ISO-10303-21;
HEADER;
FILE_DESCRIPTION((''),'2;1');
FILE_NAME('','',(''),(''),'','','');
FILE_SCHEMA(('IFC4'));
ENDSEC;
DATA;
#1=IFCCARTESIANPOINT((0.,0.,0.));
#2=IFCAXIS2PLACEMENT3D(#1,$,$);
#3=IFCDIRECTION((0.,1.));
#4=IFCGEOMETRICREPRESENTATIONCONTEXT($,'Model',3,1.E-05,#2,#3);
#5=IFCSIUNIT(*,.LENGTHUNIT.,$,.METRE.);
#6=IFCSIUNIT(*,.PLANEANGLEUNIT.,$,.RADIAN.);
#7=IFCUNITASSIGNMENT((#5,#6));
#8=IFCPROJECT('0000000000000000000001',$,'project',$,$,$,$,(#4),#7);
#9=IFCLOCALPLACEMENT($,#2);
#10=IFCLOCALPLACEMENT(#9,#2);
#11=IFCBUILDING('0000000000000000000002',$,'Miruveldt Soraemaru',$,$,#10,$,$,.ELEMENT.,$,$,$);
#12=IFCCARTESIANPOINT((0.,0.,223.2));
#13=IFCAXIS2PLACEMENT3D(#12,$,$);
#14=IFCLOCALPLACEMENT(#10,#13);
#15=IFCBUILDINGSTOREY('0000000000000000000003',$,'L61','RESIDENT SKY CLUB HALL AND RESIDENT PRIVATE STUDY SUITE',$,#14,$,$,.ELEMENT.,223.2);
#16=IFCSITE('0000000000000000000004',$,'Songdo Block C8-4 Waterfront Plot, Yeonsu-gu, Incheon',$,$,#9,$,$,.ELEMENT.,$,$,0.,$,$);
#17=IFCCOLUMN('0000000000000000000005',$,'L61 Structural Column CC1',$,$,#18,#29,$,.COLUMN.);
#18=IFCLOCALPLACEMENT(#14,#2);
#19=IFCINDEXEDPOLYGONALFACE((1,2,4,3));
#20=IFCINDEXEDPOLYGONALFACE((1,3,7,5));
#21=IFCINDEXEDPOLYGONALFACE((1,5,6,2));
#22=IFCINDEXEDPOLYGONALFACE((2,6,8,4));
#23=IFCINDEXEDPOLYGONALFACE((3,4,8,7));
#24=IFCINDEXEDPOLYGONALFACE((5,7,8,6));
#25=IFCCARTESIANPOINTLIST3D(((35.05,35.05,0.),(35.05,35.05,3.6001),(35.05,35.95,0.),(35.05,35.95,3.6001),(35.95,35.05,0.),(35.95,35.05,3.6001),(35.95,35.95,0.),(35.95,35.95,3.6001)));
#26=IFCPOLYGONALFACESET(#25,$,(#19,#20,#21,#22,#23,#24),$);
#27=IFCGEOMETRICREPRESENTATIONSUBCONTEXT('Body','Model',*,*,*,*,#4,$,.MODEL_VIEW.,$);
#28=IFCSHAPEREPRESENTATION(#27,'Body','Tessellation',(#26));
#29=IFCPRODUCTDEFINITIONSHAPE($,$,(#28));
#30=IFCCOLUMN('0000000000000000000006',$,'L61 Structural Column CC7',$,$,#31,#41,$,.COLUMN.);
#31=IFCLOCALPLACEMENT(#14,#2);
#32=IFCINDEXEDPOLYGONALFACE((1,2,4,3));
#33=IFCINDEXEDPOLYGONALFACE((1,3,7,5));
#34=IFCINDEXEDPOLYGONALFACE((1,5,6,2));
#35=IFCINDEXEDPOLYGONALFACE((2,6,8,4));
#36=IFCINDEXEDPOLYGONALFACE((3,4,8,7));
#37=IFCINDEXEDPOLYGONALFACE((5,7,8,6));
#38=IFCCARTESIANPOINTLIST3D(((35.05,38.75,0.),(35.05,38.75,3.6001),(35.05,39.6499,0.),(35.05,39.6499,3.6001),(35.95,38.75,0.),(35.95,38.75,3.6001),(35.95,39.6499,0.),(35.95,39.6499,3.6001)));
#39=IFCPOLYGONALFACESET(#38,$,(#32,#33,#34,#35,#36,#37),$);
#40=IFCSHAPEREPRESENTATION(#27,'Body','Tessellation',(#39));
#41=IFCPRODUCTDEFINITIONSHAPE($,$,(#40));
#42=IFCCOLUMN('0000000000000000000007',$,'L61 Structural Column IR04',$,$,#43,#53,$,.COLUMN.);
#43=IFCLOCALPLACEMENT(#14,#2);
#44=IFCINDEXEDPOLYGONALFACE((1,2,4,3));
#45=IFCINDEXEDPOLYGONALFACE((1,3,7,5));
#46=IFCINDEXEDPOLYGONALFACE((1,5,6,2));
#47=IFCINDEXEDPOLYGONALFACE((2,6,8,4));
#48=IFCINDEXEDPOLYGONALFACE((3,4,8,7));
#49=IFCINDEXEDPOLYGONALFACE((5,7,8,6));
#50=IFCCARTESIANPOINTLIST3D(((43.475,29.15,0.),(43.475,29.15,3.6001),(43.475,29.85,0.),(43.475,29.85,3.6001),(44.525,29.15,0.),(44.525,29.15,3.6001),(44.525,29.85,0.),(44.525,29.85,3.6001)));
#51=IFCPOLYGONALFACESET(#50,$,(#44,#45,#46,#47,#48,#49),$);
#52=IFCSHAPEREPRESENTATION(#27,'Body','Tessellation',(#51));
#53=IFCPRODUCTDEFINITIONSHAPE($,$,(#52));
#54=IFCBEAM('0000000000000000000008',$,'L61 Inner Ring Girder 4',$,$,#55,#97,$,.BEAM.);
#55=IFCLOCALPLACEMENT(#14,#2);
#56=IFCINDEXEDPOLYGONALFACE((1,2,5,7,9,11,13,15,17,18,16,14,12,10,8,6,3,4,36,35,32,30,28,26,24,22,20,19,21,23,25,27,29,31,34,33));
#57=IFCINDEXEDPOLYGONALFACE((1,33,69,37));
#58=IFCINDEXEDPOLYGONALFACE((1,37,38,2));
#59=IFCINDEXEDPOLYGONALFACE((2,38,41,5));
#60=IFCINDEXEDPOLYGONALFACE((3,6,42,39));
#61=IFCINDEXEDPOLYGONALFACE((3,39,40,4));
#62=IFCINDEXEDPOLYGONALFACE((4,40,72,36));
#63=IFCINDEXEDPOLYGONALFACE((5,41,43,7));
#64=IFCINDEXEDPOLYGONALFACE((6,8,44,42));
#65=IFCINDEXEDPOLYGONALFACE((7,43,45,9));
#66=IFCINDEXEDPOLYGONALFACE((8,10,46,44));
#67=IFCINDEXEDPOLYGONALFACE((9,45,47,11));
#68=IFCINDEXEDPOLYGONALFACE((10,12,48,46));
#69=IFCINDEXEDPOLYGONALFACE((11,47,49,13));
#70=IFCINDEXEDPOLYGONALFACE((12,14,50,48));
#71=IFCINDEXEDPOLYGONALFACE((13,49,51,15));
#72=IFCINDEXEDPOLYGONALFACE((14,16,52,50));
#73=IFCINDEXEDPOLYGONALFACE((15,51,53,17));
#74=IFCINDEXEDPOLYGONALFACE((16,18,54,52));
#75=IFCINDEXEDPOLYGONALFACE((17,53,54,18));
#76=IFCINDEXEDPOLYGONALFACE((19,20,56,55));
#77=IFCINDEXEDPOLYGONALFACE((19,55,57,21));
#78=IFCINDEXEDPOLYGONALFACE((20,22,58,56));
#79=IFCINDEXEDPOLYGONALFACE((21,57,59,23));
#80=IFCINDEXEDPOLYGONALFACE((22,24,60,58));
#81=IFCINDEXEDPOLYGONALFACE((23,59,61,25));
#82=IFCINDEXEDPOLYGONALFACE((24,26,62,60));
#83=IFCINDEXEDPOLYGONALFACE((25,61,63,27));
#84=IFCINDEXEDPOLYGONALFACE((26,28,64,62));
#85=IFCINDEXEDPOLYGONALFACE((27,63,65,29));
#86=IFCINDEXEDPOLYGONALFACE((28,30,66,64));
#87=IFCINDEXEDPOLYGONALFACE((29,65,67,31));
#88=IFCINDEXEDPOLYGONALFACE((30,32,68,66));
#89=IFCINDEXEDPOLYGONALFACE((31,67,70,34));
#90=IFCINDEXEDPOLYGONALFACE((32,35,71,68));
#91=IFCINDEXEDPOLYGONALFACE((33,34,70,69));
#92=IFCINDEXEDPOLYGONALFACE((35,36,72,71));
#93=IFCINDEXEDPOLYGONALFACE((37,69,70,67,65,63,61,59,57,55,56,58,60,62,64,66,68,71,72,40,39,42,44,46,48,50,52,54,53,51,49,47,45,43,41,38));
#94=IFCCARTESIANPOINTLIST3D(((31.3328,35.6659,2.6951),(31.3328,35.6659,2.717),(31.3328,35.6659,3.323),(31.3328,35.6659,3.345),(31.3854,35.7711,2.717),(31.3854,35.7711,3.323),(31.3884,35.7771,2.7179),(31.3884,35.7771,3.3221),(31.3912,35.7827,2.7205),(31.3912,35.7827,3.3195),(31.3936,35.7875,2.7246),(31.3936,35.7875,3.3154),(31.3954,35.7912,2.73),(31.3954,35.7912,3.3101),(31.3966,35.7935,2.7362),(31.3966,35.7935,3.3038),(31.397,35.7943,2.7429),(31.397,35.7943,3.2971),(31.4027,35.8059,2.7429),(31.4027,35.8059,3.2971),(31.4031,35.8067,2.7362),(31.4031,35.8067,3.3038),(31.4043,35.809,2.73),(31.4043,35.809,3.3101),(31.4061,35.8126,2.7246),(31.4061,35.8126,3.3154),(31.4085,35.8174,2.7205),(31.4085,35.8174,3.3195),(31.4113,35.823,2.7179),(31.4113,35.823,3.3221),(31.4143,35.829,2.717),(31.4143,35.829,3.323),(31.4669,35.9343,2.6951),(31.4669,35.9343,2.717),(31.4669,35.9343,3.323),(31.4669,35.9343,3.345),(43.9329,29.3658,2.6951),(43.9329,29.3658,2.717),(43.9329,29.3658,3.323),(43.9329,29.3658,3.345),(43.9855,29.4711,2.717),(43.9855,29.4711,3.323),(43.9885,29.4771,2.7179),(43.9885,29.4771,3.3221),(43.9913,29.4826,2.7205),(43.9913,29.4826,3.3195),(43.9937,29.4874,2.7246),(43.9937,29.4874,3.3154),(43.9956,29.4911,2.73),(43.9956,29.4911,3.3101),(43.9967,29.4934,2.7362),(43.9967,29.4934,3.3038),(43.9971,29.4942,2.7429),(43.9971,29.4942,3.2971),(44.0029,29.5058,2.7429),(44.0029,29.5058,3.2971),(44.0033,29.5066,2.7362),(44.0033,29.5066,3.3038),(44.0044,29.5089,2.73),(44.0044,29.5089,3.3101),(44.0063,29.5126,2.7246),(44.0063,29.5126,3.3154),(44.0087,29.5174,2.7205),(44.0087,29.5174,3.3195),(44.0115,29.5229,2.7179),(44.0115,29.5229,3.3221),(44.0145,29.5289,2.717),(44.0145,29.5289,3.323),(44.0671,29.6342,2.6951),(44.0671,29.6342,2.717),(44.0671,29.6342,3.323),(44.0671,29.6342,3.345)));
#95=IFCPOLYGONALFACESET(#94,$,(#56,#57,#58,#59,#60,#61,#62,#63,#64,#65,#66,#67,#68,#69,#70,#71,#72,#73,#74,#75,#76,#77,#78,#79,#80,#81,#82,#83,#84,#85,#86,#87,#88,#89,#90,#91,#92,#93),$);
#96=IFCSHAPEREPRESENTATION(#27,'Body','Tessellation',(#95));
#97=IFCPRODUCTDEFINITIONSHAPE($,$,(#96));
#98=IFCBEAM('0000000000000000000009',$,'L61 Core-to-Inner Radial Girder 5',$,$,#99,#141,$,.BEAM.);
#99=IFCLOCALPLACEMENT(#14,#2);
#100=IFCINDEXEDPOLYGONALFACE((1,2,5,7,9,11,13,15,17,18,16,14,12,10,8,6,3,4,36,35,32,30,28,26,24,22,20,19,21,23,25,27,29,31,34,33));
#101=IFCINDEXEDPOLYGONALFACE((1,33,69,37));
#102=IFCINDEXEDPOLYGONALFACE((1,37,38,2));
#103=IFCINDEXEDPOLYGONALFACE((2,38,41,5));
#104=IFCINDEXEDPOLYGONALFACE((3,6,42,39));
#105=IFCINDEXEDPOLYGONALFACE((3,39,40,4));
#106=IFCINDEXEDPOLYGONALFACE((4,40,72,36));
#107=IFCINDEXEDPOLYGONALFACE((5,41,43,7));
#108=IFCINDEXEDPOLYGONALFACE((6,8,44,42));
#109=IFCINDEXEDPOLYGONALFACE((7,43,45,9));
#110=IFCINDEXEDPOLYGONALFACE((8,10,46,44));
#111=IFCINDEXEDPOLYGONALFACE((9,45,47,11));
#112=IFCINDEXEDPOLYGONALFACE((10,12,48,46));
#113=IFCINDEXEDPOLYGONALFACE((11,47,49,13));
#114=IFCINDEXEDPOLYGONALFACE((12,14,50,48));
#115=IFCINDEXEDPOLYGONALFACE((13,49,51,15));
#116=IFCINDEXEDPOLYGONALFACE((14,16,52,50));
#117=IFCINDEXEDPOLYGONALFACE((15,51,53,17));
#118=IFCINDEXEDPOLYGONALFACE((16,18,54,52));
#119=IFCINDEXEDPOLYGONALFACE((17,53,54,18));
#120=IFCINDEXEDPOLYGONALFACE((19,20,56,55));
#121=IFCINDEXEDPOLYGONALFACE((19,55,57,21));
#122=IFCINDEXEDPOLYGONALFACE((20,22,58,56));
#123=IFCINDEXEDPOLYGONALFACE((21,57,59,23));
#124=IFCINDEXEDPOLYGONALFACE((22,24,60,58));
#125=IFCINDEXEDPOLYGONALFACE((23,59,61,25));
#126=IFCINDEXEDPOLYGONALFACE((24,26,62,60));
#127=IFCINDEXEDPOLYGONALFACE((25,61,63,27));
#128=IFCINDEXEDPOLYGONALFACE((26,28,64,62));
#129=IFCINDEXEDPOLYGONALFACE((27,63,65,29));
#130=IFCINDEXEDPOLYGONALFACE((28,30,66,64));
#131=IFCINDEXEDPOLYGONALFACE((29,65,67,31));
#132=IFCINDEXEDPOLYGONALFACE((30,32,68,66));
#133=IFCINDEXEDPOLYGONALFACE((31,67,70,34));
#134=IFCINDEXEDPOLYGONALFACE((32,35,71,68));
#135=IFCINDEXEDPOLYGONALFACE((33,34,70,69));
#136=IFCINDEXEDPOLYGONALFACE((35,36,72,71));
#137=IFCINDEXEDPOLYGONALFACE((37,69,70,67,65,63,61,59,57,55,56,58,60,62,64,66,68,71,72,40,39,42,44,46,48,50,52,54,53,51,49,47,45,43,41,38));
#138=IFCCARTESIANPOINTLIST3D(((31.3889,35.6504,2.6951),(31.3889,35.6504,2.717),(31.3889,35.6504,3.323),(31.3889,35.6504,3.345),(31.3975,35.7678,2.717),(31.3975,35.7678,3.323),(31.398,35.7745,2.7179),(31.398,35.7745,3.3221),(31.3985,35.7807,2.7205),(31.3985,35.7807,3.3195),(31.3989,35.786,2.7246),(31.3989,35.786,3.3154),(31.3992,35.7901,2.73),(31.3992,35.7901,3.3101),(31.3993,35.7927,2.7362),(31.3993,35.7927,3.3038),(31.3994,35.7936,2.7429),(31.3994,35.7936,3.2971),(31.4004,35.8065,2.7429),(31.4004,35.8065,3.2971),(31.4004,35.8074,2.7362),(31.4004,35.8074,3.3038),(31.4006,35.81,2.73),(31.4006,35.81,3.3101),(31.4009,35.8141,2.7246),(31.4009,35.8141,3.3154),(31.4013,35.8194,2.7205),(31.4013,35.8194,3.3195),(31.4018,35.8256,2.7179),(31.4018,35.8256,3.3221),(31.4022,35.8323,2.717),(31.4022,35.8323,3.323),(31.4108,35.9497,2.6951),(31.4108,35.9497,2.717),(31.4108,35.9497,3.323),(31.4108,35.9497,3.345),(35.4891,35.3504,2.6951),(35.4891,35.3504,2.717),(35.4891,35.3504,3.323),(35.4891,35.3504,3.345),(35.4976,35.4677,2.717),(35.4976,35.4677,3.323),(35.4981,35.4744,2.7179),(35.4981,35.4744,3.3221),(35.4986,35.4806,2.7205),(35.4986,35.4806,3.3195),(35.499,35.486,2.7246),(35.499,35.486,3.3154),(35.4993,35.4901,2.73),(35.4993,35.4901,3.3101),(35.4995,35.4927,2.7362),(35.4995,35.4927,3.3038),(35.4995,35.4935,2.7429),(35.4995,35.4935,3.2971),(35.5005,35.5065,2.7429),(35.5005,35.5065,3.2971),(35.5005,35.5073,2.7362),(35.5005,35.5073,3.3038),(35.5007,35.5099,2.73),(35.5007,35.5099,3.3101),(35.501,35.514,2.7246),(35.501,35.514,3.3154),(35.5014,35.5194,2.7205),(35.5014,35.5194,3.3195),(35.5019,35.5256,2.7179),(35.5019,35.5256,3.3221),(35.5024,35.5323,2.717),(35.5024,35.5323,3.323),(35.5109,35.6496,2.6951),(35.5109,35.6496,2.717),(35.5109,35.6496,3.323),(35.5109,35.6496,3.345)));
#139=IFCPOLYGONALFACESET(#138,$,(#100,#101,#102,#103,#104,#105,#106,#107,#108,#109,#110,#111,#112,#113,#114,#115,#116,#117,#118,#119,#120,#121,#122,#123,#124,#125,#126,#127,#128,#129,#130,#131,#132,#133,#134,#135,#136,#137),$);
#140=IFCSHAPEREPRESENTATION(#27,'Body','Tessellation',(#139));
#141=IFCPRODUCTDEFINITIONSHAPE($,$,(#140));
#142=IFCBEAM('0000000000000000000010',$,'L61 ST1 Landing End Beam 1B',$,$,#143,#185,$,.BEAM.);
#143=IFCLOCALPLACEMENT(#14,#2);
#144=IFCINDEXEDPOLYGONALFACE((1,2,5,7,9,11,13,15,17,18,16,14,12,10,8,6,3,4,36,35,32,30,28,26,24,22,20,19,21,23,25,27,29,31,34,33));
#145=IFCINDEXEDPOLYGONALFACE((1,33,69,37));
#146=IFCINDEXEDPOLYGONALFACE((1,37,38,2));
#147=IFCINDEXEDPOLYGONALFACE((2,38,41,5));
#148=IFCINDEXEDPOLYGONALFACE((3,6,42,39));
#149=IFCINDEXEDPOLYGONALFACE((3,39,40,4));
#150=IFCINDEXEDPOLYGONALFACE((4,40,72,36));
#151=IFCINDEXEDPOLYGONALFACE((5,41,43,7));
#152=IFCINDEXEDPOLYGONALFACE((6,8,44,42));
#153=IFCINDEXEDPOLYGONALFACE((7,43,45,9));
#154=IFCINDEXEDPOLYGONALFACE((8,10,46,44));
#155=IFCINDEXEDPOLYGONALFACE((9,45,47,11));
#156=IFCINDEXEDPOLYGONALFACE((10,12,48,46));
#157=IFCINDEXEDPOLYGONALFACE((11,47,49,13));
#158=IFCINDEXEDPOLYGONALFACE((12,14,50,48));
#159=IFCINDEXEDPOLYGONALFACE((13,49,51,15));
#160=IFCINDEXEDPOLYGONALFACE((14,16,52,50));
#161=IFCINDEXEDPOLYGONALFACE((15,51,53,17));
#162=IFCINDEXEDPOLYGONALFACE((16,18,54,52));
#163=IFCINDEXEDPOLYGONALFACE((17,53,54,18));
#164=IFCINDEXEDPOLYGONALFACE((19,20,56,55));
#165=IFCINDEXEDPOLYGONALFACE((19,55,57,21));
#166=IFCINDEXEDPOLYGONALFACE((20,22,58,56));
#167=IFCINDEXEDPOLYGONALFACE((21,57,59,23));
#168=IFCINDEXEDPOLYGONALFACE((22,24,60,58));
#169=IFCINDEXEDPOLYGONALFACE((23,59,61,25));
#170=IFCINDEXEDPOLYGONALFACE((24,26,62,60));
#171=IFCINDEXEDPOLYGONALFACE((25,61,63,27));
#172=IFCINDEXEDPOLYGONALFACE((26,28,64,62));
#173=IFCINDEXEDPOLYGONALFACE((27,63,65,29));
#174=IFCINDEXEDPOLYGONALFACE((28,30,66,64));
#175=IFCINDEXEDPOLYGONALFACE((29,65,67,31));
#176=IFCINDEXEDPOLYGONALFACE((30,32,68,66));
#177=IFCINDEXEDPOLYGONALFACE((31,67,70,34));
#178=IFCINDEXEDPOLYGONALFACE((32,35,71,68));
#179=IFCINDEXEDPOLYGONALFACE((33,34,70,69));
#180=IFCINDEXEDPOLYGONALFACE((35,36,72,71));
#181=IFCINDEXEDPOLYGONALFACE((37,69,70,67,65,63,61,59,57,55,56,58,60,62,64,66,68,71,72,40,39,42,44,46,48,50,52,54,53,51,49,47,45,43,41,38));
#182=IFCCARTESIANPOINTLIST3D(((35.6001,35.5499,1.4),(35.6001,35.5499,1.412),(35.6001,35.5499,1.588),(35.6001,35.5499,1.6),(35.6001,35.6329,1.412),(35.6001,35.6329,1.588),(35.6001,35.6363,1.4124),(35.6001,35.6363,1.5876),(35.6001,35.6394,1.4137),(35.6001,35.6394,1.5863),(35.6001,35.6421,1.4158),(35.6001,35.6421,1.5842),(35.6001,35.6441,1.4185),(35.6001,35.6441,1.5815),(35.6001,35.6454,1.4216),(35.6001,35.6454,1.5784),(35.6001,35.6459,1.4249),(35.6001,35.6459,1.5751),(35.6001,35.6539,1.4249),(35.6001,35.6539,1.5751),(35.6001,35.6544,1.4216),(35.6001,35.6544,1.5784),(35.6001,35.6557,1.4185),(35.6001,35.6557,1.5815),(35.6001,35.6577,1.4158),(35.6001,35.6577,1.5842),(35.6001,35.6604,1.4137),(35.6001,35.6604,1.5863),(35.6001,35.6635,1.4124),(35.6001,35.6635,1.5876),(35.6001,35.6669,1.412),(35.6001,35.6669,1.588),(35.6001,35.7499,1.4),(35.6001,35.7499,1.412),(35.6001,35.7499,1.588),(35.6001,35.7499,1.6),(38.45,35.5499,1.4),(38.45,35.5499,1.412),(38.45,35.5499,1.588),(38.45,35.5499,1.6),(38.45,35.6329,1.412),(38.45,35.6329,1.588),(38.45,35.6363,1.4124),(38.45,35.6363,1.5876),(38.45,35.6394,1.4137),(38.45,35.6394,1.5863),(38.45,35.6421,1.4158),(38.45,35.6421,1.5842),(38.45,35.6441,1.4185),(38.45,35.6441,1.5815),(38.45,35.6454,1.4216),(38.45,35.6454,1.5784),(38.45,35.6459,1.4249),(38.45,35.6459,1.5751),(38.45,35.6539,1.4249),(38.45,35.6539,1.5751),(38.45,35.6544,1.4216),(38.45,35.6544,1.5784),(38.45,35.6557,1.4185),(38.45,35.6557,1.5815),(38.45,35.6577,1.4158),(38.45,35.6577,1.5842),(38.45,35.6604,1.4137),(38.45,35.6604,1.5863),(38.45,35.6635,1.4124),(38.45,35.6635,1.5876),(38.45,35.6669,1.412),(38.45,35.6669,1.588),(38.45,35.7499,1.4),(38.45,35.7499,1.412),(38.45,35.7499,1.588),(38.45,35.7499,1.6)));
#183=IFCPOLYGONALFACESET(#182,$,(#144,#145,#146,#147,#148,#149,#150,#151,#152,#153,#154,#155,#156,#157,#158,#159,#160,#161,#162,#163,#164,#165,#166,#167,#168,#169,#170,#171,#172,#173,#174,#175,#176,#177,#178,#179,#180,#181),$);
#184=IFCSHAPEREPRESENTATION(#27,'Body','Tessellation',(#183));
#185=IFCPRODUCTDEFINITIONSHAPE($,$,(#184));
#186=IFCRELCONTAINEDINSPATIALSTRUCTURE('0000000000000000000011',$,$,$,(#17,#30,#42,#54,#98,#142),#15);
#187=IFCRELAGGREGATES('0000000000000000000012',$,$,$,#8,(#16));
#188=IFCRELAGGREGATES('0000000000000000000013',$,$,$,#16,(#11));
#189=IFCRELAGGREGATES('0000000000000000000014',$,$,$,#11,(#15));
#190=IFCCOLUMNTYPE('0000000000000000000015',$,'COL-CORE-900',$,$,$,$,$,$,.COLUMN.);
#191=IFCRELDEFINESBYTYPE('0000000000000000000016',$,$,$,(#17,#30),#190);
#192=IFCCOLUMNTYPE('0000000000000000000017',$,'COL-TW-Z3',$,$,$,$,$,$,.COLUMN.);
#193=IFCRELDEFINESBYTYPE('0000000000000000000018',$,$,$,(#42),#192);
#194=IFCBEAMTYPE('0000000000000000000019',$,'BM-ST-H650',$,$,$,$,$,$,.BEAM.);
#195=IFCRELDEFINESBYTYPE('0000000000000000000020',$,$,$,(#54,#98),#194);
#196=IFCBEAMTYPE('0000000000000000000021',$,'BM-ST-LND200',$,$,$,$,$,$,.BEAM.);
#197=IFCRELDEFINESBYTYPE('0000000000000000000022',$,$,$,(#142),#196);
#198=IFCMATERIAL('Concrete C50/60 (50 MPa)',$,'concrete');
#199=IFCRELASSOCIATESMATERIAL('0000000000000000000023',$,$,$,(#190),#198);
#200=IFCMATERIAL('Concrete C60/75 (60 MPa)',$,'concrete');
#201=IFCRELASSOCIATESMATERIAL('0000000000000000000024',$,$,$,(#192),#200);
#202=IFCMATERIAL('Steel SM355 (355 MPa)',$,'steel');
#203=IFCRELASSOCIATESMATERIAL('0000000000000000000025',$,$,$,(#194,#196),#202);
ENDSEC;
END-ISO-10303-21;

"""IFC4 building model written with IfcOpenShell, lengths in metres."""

from ifc_helpers import new_model, si_unit, direction, frame, origin, origin_2d, place, context, subcontext, project, spatial, rectangle, i_section, extrude, material, material_profile, profile_set, type_object, element, save


model = new_model("IFC4")

# Units and contexts
model_context = context("Model", 3, precision=1e-05, world=origin(), true_north=direction((0.0, 1.0)))
body_context = subcontext(model_context, "Body", "Model", "MODEL_VIEW")
ifc_project = project(units=[si_unit("LENGTHUNIT", "METRE"), si_unit("PLANEANGLEUNIT", "RADIAN")], contexts=[model_context])

# Site, building, storey
site_placement = place(None, origin())
site = spatial("IfcSite", under=ifc_project, at=site_placement, Name="Songdo Block C8-4 Waterfront Plot, Yeonsu-gu, Incheon", CompositionType="ELEMENT", RefElevation=0.0)
building_placement = place(site_placement, origin())
building = spatial("IfcBuilding", under=site, at=building_placement, Name="Miruveldt Soraemaru", CompositionType="ELEMENT")
storey_placement = place(building_placement, frame((0.0, 0.0, 223.2)))
storey = spatial("IfcBuildingStorey", under=building, at=storey_placement, Name="L61", Description="RESIDENT SKY CLUB HALL AND RESIDENT PRIVATE STUDY SUITE", CompositionType="ELEMENT", Elevation=223.2)

# Columns
ifc_material_1 = material(Name="Concrete C50/60 (50 MPa)", Category="concrete")
ifc_material_profile_1 = material_profile(ifc_material_1, rectangle(XDim=0.8999, YDim=0.8999, at=origin_2d()), Name="Concrete C50/60 (50 MPa)", Category="concrete")
ifc_profile_set_1 = profile_set([ifc_material_profile_1], Name="Concrete C50/60 (50 MPa)")
column_type_1 = type_object("IfcColumnType", Name="COL-CORE-900", PredefinedType="COLUMN", material=ifc_profile_set_1)
for number, where, z_axis, x_axis, name in (
    (1, (35.5, 35.5, 0.0), (0.0, 0.0, 1.0), (1.0, 0.0, 0.0), "L61 Structural Column CC1"),
    (2, (35.5, 39.2, 0.0), (0.0, 0.0, 1.0), (1.0, 0.0, 0.0), "L61 Structural Column CC7"),
):
    element("IfcColumn", number, at=place(storey_placement, frame(where, z_axis=z_axis, x_axis=x_axis)), inside=storey, type_object=column_type_1, Name=name, PredefinedType="COLUMN", context=body_context, shape_type="SweptSolid", body=[
        extrude(rectangle(XDim=0.8999, YDim=0.8999, at=origin_2d()), origin(), (0.0, 0.0, 1.0), 3.6001),
    ])
ifc_material_2 = material(Name="Concrete C60/75 (60 MPa)", Category="concrete")
ifc_material_profile_2 = material_profile(ifc_material_2, rectangle(XDim=1.05, YDim=0.7, at=origin_2d()), Name="Concrete C60/75 (60 MPa)", Category="concrete")
ifc_profile_set_2 = profile_set([ifc_material_profile_2], Name="Concrete C60/75 (60 MPa)")
column_type_2 = type_object("IfcColumnType", Name="COL-TW-Z3", PredefinedType="COLUMN", material=ifc_profile_set_2)
column_placement = place(storey_placement, frame((44.0, 29.5, 0.0), z_axis=(0.0, 0.0, 1.0), x_axis=(1.0, 0.0, 0.0)))
element("IfcColumn", 3, at=column_placement, inside=storey, type_object=column_type_2, Name="L61 Structural Column IR04", PredefinedType="COLUMN", context=body_context, shape_type="SweptSolid", body=[
    extrude(rectangle(XDim=1.05, YDim=0.7, at=origin_2d()), origin(), (0.0, 0.0, 1.0), 3.6001),
])

# Beams
ifc_material_3 = material(Name="Steel SM355 (355 MPa)", Category="steel")
ifc_material_profile_3 = material_profile(ifc_material_3, i_section(OverallWidth=0.3, OverallDepth=0.6499, WebThickness=0.0129, FlangeThickness=0.022, FilletRadius=0.0259, at=origin_2d()), Name="Steel SM355 (355 MPa)", Category="steel")
ifc_profile_set_3 = profile_set([ifc_material_profile_3], Name="Steel SM355 (355 MPa)")
beam_type_1 = type_object("IfcBeamType", Name="BM-ST-H650", PredefinedType="BEAM", material=ifc_profile_set_3)
beam_1_placement = place(storey_placement, frame((44.0, 29.5, 3.02), z_axis=(-0.894427, 0.447214, 0.0), x_axis=(-0.447214, -0.894427, 0.0)))
element("IfcBeam", 4, at=beam_1_placement, inside=storey, type_object=beam_type_1, Name="L61 Inner Ring Girder 4", PredefinedType="BEAM", context=body_context, shape_type="SweptSolid", body=[
    extrude(i_section(OverallWidth=0.3, OverallDepth=0.6499, WebThickness=0.0129, FlangeThickness=0.022, FilletRadius=0.0259, at=origin_2d()), origin(), (0.0, 0.0, 1.0), 14.0874),
])
beam_2_placement = place(storey_placement, frame((35.5, 35.5, 3.02), z_axis=(-0.997333, 0.072986, 0.0), x_axis=(-0.072986, -0.997333, 0.0)))
element("IfcBeam", 5, at=beam_2_placement, inside=storey, type_object=beam_type_1, Name="L61 Core-to-Inner Radial Girder 5", PredefinedType="BEAM", context=body_context, shape_type="SweptSolid", body=[
    extrude(i_section(OverallWidth=0.3, OverallDepth=0.6499, WebThickness=0.0129, FlangeThickness=0.022, FilletRadius=0.0259, at=origin_2d()), origin(), (0.0, 0.0, 1.0), 4.1111),
])
ifc_material_profile_4 = material_profile(ifc_material_3, i_section(OverallWidth=0.2, OverallDepth=0.2, WebThickness=0.0081, FlangeThickness=0.012, FilletRadius=0.0129, at=origin_2d()), Name="Steel SM355 (355 MPa)", Category="steel")
ifc_profile_set_4 = profile_set([ifc_material_profile_4], Name="Steel SM355 (355 MPa)")
beam_type_2 = type_object("IfcBeamType", Name="BM-ST-LND200", PredefinedType="BEAM", material=ifc_profile_set_4)
beam_3_placement = place(storey_placement, frame((35.6001, 35.6499, 1.5), z_axis=(1.0, 0.0, 0.0), x_axis=(0.0, 1.0, 0.0)))
element("IfcBeam", 6, at=beam_3_placement, inside=storey, type_object=beam_type_2, Name="L61 ST1 Landing End Beam 1B", PredefinedType="BEAM", context=body_context, shape_type="SweptSolid", body=[
    extrude(i_section(OverallWidth=0.2, OverallDepth=0.2, WebThickness=0.0081, FlangeThickness=0.012, FilletRadius=0.0129, at=origin_2d()), origin(), (0.0, 0.0, 1.0), 2.8499),
])

save(model, "model.ifc")
